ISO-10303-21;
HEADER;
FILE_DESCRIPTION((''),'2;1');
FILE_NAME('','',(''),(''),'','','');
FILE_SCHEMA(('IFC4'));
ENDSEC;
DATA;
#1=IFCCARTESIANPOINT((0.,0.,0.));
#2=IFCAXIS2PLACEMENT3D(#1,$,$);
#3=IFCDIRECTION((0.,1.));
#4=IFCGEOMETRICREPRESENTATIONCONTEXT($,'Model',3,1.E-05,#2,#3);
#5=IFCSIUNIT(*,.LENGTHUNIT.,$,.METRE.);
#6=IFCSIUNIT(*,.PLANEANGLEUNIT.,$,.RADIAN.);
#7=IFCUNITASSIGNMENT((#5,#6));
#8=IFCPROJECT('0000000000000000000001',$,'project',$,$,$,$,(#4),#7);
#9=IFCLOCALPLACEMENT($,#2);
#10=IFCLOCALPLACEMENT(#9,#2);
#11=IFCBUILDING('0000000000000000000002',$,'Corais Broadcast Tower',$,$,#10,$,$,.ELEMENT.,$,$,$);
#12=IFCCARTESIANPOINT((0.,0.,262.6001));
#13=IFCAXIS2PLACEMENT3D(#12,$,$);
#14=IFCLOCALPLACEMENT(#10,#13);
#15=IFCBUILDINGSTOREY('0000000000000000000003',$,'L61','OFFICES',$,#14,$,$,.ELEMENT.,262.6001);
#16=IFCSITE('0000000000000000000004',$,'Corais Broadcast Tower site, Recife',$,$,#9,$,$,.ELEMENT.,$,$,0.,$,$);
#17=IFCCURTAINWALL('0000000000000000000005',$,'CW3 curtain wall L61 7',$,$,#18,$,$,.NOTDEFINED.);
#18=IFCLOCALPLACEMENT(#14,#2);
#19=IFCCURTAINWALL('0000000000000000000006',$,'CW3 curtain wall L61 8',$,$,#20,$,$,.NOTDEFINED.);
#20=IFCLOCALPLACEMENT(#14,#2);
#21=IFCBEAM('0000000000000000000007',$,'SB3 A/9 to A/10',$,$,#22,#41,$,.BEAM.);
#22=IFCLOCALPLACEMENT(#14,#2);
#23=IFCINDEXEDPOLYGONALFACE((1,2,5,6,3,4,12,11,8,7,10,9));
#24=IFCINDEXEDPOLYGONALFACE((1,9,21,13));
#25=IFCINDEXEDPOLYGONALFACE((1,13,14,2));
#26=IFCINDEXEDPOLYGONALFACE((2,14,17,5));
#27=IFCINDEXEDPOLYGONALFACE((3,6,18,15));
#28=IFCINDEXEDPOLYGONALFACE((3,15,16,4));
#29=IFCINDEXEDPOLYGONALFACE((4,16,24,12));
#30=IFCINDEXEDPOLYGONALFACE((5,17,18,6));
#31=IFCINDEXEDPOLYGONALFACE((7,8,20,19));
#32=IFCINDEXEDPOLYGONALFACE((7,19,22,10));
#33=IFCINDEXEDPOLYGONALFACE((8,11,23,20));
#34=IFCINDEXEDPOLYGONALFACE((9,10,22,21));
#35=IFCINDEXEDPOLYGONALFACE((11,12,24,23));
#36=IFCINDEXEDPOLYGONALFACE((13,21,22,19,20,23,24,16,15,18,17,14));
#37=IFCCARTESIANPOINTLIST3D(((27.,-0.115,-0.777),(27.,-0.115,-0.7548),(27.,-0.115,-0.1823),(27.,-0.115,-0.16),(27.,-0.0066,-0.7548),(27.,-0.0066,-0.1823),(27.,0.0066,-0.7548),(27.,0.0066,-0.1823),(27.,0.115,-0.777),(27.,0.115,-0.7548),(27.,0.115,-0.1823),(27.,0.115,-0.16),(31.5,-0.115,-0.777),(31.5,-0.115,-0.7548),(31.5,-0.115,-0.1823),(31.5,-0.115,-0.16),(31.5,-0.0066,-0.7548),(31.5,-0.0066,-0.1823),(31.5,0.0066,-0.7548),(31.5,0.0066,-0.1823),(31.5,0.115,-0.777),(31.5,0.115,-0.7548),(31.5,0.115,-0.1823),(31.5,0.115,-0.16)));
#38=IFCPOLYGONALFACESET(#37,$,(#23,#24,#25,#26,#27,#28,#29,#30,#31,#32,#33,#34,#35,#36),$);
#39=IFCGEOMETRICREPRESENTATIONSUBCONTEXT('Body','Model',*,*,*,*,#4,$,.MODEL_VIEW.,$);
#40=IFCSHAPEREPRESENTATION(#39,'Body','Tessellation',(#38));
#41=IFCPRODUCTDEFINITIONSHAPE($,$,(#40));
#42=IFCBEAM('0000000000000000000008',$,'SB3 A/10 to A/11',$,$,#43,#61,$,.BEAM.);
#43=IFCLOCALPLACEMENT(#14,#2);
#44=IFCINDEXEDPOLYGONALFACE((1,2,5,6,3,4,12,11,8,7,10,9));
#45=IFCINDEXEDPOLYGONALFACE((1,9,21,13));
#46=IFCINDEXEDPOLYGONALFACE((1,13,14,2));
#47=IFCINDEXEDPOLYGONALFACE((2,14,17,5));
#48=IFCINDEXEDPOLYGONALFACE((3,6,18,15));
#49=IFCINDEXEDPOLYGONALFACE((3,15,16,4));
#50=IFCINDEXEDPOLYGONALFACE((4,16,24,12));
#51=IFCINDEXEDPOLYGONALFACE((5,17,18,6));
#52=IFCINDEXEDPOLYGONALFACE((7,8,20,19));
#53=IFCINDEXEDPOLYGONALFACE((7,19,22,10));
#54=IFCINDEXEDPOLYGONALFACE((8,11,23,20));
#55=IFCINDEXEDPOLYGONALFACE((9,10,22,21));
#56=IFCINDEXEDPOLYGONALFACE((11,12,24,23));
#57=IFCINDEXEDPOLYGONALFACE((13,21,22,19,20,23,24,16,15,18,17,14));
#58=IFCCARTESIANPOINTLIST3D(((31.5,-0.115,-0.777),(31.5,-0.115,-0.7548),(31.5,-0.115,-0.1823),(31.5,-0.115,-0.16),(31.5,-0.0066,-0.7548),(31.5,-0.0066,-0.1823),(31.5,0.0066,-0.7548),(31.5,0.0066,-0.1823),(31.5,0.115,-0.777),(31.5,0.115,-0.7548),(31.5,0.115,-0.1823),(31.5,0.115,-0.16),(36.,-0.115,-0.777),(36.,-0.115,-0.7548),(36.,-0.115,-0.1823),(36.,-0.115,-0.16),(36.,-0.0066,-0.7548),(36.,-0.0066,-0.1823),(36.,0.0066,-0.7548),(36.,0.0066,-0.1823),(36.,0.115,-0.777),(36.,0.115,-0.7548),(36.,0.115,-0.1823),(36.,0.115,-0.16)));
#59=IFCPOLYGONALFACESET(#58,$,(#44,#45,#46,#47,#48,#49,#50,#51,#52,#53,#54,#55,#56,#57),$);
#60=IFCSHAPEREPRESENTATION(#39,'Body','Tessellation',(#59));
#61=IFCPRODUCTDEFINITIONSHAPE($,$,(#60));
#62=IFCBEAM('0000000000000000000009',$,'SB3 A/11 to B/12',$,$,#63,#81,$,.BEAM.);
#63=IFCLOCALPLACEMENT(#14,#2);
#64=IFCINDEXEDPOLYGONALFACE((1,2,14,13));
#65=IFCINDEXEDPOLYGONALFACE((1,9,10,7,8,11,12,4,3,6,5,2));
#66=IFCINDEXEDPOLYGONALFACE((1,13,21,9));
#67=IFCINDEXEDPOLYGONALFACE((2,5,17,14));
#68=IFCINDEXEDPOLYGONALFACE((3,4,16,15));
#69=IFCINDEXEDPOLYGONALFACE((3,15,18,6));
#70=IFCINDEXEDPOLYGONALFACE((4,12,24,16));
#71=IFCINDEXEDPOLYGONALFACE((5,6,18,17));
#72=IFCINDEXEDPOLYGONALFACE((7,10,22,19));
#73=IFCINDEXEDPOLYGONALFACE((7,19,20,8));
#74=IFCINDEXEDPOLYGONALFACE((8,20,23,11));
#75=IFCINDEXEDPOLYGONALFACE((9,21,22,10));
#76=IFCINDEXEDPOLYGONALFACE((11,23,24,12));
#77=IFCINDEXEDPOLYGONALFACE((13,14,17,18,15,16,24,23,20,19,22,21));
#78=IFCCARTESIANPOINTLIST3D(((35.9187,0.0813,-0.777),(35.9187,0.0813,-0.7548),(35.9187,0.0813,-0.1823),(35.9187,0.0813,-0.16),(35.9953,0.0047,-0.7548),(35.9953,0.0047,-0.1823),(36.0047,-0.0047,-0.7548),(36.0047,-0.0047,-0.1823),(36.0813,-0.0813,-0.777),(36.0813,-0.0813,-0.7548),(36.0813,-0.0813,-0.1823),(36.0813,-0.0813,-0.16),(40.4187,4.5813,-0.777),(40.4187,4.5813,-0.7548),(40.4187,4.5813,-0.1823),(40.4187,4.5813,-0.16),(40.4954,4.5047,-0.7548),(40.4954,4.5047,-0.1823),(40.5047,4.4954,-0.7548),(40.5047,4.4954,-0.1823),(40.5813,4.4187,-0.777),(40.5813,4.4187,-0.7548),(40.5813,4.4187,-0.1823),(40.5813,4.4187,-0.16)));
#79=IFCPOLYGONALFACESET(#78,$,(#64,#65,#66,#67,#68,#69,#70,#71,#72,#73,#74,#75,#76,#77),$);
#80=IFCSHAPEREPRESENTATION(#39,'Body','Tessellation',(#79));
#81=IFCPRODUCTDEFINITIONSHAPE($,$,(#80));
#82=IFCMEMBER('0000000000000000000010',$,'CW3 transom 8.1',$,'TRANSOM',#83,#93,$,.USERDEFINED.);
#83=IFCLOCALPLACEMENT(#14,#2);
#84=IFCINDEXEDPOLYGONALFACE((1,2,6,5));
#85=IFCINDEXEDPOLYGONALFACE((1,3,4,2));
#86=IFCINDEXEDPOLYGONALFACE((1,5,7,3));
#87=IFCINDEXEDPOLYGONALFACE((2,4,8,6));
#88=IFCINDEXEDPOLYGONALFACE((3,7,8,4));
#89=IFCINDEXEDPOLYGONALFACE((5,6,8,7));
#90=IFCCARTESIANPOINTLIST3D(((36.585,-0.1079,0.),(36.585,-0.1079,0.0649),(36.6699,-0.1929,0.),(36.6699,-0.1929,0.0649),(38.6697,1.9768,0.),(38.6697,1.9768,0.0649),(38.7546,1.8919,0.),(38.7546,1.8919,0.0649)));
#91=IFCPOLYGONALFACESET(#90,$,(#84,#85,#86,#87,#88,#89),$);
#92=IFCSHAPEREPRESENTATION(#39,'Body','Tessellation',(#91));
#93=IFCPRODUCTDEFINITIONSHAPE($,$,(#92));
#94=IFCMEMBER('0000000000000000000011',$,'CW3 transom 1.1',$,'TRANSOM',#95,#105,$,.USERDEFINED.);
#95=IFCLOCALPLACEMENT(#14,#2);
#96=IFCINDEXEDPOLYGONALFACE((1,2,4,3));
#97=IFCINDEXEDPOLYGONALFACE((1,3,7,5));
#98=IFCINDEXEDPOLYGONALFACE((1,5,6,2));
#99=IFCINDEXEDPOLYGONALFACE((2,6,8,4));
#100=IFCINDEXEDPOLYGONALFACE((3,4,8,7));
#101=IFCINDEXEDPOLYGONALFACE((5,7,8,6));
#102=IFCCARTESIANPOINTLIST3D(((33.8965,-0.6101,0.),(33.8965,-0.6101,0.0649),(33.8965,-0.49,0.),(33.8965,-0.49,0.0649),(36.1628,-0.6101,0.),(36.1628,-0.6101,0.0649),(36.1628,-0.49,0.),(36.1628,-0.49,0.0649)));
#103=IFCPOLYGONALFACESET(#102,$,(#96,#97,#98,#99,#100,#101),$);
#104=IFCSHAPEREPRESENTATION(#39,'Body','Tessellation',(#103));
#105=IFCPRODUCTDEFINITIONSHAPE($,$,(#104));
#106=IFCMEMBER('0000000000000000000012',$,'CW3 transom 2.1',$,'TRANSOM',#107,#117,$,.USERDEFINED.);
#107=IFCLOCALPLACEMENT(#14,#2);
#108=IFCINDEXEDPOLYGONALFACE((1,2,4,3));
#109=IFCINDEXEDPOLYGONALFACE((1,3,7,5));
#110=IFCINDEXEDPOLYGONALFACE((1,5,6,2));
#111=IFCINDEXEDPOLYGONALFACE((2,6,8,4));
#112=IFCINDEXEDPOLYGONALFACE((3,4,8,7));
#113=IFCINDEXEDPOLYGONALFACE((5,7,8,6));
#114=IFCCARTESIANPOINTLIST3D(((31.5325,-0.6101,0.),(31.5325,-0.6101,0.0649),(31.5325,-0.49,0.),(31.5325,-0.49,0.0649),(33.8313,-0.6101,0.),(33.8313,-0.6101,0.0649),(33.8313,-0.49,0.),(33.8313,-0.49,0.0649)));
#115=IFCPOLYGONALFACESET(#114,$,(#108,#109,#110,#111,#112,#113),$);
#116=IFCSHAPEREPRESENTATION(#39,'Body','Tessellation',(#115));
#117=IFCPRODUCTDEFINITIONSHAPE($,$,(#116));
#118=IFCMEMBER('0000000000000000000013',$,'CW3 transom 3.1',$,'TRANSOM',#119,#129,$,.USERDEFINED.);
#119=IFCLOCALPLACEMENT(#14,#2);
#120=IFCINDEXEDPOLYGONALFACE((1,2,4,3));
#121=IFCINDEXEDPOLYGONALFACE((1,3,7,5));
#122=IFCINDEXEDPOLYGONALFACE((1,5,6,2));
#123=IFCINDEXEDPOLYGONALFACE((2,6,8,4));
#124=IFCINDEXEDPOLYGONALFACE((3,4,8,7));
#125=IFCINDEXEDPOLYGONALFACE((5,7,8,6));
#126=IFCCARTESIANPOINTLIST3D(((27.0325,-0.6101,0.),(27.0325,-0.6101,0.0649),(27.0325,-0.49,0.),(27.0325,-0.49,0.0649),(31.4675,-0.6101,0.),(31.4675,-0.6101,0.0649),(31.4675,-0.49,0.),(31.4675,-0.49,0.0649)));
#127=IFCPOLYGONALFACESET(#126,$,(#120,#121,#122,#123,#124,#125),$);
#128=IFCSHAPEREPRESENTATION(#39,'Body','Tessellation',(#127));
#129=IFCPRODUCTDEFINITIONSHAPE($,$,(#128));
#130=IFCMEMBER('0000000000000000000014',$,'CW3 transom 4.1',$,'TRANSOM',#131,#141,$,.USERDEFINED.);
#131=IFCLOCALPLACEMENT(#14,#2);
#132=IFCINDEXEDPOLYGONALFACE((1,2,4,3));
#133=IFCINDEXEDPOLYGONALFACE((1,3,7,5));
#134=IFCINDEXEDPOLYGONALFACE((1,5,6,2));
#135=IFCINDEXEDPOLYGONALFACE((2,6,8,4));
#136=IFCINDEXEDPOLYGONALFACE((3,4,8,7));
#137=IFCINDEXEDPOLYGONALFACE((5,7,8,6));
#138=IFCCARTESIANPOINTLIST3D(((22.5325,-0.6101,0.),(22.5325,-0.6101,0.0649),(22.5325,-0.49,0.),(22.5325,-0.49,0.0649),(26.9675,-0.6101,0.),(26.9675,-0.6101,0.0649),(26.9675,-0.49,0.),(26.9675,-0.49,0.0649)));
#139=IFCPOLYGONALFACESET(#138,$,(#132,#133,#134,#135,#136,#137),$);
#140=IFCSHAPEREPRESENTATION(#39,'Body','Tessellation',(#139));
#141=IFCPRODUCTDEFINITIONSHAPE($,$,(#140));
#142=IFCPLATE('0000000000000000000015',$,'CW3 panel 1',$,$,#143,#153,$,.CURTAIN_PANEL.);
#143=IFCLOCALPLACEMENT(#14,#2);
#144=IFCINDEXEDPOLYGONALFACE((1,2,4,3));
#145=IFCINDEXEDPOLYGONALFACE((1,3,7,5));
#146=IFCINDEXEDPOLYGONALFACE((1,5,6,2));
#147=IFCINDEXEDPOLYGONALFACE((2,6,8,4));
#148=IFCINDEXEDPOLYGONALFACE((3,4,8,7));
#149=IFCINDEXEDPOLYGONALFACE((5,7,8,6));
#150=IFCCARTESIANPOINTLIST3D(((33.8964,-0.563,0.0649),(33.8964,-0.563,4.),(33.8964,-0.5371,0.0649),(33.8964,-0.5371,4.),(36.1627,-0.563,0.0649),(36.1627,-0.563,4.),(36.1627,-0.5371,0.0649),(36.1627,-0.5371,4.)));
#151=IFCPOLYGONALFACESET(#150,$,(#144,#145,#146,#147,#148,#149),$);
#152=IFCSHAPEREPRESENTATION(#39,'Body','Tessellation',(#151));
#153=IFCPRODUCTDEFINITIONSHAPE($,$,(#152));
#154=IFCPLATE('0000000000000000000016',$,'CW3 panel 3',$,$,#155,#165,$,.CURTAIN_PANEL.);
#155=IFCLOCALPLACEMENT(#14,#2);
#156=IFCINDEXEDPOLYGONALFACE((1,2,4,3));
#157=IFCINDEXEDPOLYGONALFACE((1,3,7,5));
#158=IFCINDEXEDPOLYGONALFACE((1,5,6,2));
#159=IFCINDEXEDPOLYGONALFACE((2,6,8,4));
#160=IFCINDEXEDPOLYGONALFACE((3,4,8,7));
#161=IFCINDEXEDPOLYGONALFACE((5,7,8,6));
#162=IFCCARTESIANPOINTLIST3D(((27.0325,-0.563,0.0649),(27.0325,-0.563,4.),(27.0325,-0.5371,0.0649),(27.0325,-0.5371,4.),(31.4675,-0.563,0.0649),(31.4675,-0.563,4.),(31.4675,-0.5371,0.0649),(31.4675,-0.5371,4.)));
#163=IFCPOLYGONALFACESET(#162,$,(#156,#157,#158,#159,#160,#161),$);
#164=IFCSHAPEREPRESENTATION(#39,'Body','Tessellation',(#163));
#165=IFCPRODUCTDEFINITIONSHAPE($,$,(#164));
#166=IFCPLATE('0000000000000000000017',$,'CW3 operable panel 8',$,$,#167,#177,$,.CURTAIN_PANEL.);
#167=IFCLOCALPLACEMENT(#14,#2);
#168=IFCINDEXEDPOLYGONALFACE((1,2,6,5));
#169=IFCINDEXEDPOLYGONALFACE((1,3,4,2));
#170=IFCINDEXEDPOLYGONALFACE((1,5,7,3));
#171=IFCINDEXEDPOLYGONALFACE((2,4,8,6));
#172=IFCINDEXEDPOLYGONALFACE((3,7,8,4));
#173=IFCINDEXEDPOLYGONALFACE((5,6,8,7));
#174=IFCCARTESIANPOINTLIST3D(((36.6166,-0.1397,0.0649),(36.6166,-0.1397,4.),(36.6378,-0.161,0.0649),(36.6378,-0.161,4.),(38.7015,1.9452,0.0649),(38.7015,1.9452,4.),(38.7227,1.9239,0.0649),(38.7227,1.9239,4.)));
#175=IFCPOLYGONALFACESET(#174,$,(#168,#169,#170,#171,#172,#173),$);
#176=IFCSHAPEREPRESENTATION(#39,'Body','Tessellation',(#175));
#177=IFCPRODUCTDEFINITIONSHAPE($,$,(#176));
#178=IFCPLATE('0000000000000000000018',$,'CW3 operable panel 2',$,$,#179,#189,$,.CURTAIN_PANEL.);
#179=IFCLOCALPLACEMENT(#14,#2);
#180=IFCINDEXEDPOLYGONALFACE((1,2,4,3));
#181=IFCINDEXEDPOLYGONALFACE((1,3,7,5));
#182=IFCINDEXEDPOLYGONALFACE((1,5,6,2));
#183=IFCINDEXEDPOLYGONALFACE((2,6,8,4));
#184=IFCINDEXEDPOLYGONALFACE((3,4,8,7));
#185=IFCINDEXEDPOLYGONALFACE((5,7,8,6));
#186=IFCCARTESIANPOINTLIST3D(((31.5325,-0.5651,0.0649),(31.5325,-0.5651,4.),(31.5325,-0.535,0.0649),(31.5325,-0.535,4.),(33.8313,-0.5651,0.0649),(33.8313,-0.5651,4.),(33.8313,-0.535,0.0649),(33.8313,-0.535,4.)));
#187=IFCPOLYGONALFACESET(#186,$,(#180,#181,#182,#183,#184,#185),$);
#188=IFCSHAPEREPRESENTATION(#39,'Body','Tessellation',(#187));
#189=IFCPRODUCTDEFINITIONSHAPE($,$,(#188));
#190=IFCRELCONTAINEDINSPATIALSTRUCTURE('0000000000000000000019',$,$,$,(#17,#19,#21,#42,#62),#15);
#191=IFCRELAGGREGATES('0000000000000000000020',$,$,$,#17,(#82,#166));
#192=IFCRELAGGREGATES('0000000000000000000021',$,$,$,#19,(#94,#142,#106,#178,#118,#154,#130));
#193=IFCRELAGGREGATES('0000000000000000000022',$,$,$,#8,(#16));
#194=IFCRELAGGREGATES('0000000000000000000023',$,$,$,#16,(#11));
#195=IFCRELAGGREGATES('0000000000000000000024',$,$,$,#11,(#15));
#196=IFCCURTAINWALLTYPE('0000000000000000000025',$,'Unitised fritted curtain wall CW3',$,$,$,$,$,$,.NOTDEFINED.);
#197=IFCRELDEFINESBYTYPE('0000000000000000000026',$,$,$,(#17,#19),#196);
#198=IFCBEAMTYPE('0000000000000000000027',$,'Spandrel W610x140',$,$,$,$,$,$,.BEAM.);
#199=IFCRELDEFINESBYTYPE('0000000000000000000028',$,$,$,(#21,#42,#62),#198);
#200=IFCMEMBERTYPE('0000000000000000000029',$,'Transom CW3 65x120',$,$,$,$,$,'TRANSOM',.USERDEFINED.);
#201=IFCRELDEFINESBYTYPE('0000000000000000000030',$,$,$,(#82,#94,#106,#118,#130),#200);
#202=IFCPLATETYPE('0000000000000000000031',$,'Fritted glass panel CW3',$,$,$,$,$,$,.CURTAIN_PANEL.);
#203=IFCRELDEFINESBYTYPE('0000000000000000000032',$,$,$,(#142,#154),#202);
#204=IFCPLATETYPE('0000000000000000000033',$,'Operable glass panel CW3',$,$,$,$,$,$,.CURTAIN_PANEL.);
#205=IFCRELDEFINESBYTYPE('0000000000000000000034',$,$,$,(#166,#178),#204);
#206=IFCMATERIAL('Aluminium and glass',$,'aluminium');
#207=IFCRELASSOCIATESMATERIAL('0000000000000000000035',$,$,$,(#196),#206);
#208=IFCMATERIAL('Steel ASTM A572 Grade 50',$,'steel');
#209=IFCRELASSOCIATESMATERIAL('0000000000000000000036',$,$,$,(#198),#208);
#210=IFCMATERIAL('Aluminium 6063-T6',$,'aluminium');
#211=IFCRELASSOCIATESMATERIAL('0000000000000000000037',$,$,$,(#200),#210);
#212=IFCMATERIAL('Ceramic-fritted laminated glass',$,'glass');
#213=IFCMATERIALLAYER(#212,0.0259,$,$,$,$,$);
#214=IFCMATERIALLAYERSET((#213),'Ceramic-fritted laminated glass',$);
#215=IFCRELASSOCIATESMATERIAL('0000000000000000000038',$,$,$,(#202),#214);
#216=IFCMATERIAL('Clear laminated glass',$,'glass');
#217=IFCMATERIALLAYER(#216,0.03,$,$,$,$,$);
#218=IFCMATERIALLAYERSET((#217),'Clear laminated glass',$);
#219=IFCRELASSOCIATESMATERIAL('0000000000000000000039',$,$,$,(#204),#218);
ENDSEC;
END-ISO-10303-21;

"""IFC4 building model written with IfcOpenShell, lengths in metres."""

from ifc_helpers import new_model, si_unit, direction, frame, origin, origin_2d, place, context, subcontext, project, spatial, rectangle, i_section, extrude, material, layer, layer_set, material_profile, profile_set, type_object, element, aggregate, save


model = new_model("IFC4")

# Units and contexts
model_context = context("Model", 3, precision=1e-05, world=origin(), true_north=direction((0.0, 1.0)))
body_context = subcontext(model_context, "Body", "Model", "MODEL_VIEW")
ifc_project = project(units=[si_unit("LENGTHUNIT", "METRE"), si_unit("PLANEANGLEUNIT", "RADIAN")], contexts=[model_context])

# Site, building, storey
site_placement = place(None, origin())
site = spatial("IfcSite", under=ifc_project, at=site_placement, Name="Corais Broadcast Tower site, Recife", CompositionType="ELEMENT", RefElevation=0.0)
building_placement = place(site_placement, origin())
building = spatial("IfcBuilding", under=site, at=building_placement, Name="Corais Broadcast Tower", CompositionType="ELEMENT")
storey_placement = place(building_placement, frame((0.0, 0.0, 262.6001)))
storey = spatial("IfcBuildingStorey", under=building, at=storey_placement, Name="L61", Description="OFFICES", CompositionType="ELEMENT", Elevation=262.6001)

# Curtain wall
ifc_material_1 = material(Name="Aluminium and glass", Category="aluminium")
curtain_wall_type = type_object("IfcCurtainWallType", Name="Unitised fritted curtain wall CW3", PredefinedType="NOTDEFINED", material=ifc_material_1)
curtain_wall_1_placement = place(storey_placement, origin())
curtain_wall_1 = element("IfcCurtainWall", 1, at=curtain_wall_1_placement, inside=storey, type_object=curtain_wall_type, Name="CW3 curtain wall L61 7", PredefinedType="NOTDEFINED")

# Curtain wall
curtain_wall_2_placement = place(storey_placement, origin())
curtain_wall_2 = element("IfcCurtainWall", 2, at=curtain_wall_2_placement, inside=storey, type_object=curtain_wall_type, Name="CW3 curtain wall L61 8", PredefinedType="NOTDEFINED")

# Beams
ifc_material_2 = material(Name="Steel ASTM A572 Grade 50", Category="steel")
ifc_material_profile_1 = material_profile(ifc_material_2, i_section(OverallWidth=0.23, OverallDepth=0.6169, WebThickness=0.0132, FlangeThickness=0.0222, at=origin_2d()), Name="W610x140")
ifc_profile_set_1 = profile_set([ifc_material_profile_1], Name="Steel ASTM A572 Grade 50")
beam_type_1 = type_object("IfcBeamType", Name="Spandrel W610x140", PredefinedType="BEAM", material=ifc_profile_set_1)
for number, where, z_axis, x_axis, name in (
    (3, (27.0, 0.0, -0.4685), (1.0, 0.0, 0.0), (0.0, 1.0, 0.0), "SB3 A/9 to A/10"),
    (4, (31.5, 0.0, -0.4685), (1.0, 0.0, 0.0), (0.0, 1.0, 0.0), "SB3 A/10 to A/11"),
):
    element("IfcBeam", number, at=place(storey_placement, frame(where, z_axis=z_axis, x_axis=x_axis)), inside=storey, type_object=beam_type_1, Name=name, PredefinedType="BEAM", context=body_context, shape_type="SweptSolid", body=[
        extrude(i_section(OverallWidth=0.23, OverallDepth=0.6169, WebThickness=0.0132, FlangeThickness=0.0222, at=origin_2d()), origin(), (0.0, 0.0, 1.0), 4.5),
    ])
beam_placement = place(storey_placement, frame((36.0, 0.0, -0.4685), z_axis=(0.707107, 0.707107, 0.0), x_axis=(-0.707107, 0.707107, 0.0)))
element("IfcBeam", 5, at=beam_placement, inside=storey, type_object=beam_type_1, Name="SB3 A/11 to B/12", PredefinedType="BEAM", context=body_context, shape_type="SweptSolid", body=[
    extrude(i_section(OverallWidth=0.23, OverallDepth=0.6169, WebThickness=0.0132, FlangeThickness=0.0222, at=origin_2d()), origin(), (0.0, 0.0, 1.0), 6.364),
])

# Members
ifc_material_3 = material(Name="Aluminium 6063-T6", Category="aluminium")
ifc_material_profile_2 = material_profile(ifc_material_3, rectangle(XDim=0.1201, YDim=0.0649, at=origin_2d()), Name="Transom CW3 65x120")
ifc_profile_set_2 = profile_set([ifc_material_profile_2], Name="Aluminium 6063-T6")
member_type_1 = type_object("IfcMemberType", Name="Transom CW3 65x120", ElementType="TRANSOM", PredefinedType="USERDEFINED", material=ifc_profile_set_2)
member_1_placement = place(storey_placement, frame((38.7122, 1.9343, 0.0325), z_axis=(-0.707107, -0.707107, 0.0), x_axis=(0.707107, -0.707107, 0.0)))
member_1 = element("IfcMember", 6, at=member_1_placement, type_object=member_type_1, Name="CW3 transom 8.1", ObjectType="TRANSOM", PredefinedType="USERDEFINED", context=body_context, shape_type="SweptSolid", body=[
    extrude(rectangle(XDim=0.1201, YDim=0.0649, at=origin_2d()), origin(), (0.0, 0.0, 1.0), 2.9482),
])
member_2_placement = place(storey_placement, frame((36.1628, -0.55, 0.0325), z_axis=(-1.0, 0.0, 0.0), x_axis=(0.0, -1.0, 0.0)))
member_2 = element("IfcMember", 7, at=member_2_placement, type_object=member_type_1, Name="CW3 transom 1.1", ObjectType="TRANSOM", PredefinedType="USERDEFINED", context=body_context, shape_type="SweptSolid", body=[
    extrude(rectangle(XDim=0.1201, YDim=0.0649, at=origin_2d()), origin(), (0.0, 0.0, 1.0), 2.2664),
])
member_3_placement = place(storey_placement, frame((33.8313, -0.55, 0.0325), z_axis=(-1.0, 0.0, 0.0), x_axis=(0.0, -1.0, 0.0)))
member_3 = element("IfcMember", 8, at=member_3_placement, type_object=member_type_1, Name="CW3 transom 2.1", ObjectType="TRANSOM", PredefinedType="USERDEFINED", context=body_context, shape_type="SweptSolid", body=[
    extrude(rectangle(XDim=0.1201, YDim=0.0649, at=origin_2d()), origin(), (0.0, 0.0, 1.0), 2.2988),
])
member_4_placement = place(storey_placement, frame((31.4675, -0.55, 0.0325), z_axis=(-1.0, 0.0, 0.0), x_axis=(0.0, -1.0, 0.0)))
member_4 = element("IfcMember", 9, at=member_4_placement, type_object=member_type_1, Name="CW3 transom 3.1", ObjectType="TRANSOM", PredefinedType="USERDEFINED", context=body_context, shape_type="SweptSolid", body=[
    extrude(rectangle(XDim=0.1201, YDim=0.0649, at=origin_2d()), origin(), (0.0, 0.0, 1.0), 4.4351),
])
member_5_placement = place(storey_placement, frame((26.9675, -0.55, 0.0325), z_axis=(-1.0, 0.0, 0.0), x_axis=(0.0, -1.0, 0.0)))
member_5 = element("IfcMember", 10, at=member_5_placement, type_object=member_type_1, Name="CW3 transom 4.1", ObjectType="TRANSOM", PredefinedType="USERDEFINED", context=body_context, shape_type="SweptSolid", body=[
    extrude(rectangle(XDim=0.1201, YDim=0.0649, at=origin_2d()), origin(), (0.0, 0.0, 1.0), 4.4351),
])

# Plates
ifc_material_4 = material(Name="Ceramic-fritted laminated glass", Category="glass")
ifc_layer_1 = layer(ifc_material_4, 0.0259)
ifc_layer_set_1 = layer_set([ifc_layer_1], Name="Ceramic-fritted laminated glass")
plate_type_1 = type_object("IfcPlateType", Name="Fritted glass panel CW3", PredefinedType="CURTAIN_PANEL", material=ifc_layer_set_1)
plate_1_placement = place(storey_placement, frame((35.0295, -0.55, 0.0649), z_axis=(0.0, 0.0, 1.0), x_axis=(-1.0, 0.0, 0.0)))
plate_1 = element("IfcPlate", 11, at=plate_1_placement, type_object=plate_type_1, Name="CW3 panel 1", PredefinedType="CURTAIN_PANEL", context=body_context, shape_type="SweptSolid", body=[
    extrude(rectangle(XDim=2.2664, YDim=0.0259, at=origin_2d()), origin(), (0.0, 0.0, 1.0), 3.9351),
])
plate_2_placement = place(storey_placement, frame((29.25, -0.55, 0.0649), z_axis=(0.0, 0.0, 1.0), x_axis=(-1.0, 0.0, 0.0)))
plate_2 = element("IfcPlate", 12, at=plate_2_placement, type_object=plate_type_1, Name="CW3 panel 3", PredefinedType="CURTAIN_PANEL", context=body_context, shape_type="SweptSolid", body=[
    extrude(rectangle(XDim=4.4351, YDim=0.0259, at=origin_2d()), origin(), (0.0, 0.0, 1.0), 3.9351),
])
ifc_material_5 = material(Name="Clear laminated glass", Category="glass")
ifc_layer_2 = layer(ifc_material_5, 0.03)
ifc_layer_set_2 = layer_set([ifc_layer_2], Name="Clear laminated glass")
plate_type_2 = type_object("IfcPlateType", Name="Operable glass panel CW3", PredefinedType="CURTAIN_PANEL", material=ifc_layer_set_2)
plate_3_placement = place(storey_placement, frame((37.6697, 0.8921, 0.0649), z_axis=(0.0, 0.0, 1.0), x_axis=(-0.707107, -0.707107, 0.0)))
plate_3 = element("IfcPlate", 13, at=plate_3_placement, type_object=plate_type_2, Name="CW3 operable panel 8", PredefinedType="CURTAIN_PANEL", context=body_context, shape_type="SweptSolid", body=[
    extrude(rectangle(XDim=2.9485, YDim=0.03, at=origin_2d()), origin(), (0.0, 0.0, 1.0), 3.9351),
])
aggregate(curtain_wall_1, [member_1, plate_3])
plate_4_placement = place(storey_placement, frame((32.6819, -0.55, 0.0649), z_axis=(0.0, 0.0, 1.0), x_axis=(-1.0, 0.0, 0.0)))
plate_4 = element("IfcPlate", 14, at=plate_4_placement, type_object=plate_type_2, Name="CW3 operable panel 2", PredefinedType="CURTAIN_PANEL", context=body_context, shape_type="SweptSolid", body=[
    extrude(rectangle(XDim=2.2988, YDim=0.03, at=origin_2d()), origin(), (0.0, 0.0, 1.0), 3.9351),
])
aggregate(curtain_wall_2, [member_2, plate_1, member_3, plate_4, member_4, plate_2, member_5])

save(model, "model.ifc")
